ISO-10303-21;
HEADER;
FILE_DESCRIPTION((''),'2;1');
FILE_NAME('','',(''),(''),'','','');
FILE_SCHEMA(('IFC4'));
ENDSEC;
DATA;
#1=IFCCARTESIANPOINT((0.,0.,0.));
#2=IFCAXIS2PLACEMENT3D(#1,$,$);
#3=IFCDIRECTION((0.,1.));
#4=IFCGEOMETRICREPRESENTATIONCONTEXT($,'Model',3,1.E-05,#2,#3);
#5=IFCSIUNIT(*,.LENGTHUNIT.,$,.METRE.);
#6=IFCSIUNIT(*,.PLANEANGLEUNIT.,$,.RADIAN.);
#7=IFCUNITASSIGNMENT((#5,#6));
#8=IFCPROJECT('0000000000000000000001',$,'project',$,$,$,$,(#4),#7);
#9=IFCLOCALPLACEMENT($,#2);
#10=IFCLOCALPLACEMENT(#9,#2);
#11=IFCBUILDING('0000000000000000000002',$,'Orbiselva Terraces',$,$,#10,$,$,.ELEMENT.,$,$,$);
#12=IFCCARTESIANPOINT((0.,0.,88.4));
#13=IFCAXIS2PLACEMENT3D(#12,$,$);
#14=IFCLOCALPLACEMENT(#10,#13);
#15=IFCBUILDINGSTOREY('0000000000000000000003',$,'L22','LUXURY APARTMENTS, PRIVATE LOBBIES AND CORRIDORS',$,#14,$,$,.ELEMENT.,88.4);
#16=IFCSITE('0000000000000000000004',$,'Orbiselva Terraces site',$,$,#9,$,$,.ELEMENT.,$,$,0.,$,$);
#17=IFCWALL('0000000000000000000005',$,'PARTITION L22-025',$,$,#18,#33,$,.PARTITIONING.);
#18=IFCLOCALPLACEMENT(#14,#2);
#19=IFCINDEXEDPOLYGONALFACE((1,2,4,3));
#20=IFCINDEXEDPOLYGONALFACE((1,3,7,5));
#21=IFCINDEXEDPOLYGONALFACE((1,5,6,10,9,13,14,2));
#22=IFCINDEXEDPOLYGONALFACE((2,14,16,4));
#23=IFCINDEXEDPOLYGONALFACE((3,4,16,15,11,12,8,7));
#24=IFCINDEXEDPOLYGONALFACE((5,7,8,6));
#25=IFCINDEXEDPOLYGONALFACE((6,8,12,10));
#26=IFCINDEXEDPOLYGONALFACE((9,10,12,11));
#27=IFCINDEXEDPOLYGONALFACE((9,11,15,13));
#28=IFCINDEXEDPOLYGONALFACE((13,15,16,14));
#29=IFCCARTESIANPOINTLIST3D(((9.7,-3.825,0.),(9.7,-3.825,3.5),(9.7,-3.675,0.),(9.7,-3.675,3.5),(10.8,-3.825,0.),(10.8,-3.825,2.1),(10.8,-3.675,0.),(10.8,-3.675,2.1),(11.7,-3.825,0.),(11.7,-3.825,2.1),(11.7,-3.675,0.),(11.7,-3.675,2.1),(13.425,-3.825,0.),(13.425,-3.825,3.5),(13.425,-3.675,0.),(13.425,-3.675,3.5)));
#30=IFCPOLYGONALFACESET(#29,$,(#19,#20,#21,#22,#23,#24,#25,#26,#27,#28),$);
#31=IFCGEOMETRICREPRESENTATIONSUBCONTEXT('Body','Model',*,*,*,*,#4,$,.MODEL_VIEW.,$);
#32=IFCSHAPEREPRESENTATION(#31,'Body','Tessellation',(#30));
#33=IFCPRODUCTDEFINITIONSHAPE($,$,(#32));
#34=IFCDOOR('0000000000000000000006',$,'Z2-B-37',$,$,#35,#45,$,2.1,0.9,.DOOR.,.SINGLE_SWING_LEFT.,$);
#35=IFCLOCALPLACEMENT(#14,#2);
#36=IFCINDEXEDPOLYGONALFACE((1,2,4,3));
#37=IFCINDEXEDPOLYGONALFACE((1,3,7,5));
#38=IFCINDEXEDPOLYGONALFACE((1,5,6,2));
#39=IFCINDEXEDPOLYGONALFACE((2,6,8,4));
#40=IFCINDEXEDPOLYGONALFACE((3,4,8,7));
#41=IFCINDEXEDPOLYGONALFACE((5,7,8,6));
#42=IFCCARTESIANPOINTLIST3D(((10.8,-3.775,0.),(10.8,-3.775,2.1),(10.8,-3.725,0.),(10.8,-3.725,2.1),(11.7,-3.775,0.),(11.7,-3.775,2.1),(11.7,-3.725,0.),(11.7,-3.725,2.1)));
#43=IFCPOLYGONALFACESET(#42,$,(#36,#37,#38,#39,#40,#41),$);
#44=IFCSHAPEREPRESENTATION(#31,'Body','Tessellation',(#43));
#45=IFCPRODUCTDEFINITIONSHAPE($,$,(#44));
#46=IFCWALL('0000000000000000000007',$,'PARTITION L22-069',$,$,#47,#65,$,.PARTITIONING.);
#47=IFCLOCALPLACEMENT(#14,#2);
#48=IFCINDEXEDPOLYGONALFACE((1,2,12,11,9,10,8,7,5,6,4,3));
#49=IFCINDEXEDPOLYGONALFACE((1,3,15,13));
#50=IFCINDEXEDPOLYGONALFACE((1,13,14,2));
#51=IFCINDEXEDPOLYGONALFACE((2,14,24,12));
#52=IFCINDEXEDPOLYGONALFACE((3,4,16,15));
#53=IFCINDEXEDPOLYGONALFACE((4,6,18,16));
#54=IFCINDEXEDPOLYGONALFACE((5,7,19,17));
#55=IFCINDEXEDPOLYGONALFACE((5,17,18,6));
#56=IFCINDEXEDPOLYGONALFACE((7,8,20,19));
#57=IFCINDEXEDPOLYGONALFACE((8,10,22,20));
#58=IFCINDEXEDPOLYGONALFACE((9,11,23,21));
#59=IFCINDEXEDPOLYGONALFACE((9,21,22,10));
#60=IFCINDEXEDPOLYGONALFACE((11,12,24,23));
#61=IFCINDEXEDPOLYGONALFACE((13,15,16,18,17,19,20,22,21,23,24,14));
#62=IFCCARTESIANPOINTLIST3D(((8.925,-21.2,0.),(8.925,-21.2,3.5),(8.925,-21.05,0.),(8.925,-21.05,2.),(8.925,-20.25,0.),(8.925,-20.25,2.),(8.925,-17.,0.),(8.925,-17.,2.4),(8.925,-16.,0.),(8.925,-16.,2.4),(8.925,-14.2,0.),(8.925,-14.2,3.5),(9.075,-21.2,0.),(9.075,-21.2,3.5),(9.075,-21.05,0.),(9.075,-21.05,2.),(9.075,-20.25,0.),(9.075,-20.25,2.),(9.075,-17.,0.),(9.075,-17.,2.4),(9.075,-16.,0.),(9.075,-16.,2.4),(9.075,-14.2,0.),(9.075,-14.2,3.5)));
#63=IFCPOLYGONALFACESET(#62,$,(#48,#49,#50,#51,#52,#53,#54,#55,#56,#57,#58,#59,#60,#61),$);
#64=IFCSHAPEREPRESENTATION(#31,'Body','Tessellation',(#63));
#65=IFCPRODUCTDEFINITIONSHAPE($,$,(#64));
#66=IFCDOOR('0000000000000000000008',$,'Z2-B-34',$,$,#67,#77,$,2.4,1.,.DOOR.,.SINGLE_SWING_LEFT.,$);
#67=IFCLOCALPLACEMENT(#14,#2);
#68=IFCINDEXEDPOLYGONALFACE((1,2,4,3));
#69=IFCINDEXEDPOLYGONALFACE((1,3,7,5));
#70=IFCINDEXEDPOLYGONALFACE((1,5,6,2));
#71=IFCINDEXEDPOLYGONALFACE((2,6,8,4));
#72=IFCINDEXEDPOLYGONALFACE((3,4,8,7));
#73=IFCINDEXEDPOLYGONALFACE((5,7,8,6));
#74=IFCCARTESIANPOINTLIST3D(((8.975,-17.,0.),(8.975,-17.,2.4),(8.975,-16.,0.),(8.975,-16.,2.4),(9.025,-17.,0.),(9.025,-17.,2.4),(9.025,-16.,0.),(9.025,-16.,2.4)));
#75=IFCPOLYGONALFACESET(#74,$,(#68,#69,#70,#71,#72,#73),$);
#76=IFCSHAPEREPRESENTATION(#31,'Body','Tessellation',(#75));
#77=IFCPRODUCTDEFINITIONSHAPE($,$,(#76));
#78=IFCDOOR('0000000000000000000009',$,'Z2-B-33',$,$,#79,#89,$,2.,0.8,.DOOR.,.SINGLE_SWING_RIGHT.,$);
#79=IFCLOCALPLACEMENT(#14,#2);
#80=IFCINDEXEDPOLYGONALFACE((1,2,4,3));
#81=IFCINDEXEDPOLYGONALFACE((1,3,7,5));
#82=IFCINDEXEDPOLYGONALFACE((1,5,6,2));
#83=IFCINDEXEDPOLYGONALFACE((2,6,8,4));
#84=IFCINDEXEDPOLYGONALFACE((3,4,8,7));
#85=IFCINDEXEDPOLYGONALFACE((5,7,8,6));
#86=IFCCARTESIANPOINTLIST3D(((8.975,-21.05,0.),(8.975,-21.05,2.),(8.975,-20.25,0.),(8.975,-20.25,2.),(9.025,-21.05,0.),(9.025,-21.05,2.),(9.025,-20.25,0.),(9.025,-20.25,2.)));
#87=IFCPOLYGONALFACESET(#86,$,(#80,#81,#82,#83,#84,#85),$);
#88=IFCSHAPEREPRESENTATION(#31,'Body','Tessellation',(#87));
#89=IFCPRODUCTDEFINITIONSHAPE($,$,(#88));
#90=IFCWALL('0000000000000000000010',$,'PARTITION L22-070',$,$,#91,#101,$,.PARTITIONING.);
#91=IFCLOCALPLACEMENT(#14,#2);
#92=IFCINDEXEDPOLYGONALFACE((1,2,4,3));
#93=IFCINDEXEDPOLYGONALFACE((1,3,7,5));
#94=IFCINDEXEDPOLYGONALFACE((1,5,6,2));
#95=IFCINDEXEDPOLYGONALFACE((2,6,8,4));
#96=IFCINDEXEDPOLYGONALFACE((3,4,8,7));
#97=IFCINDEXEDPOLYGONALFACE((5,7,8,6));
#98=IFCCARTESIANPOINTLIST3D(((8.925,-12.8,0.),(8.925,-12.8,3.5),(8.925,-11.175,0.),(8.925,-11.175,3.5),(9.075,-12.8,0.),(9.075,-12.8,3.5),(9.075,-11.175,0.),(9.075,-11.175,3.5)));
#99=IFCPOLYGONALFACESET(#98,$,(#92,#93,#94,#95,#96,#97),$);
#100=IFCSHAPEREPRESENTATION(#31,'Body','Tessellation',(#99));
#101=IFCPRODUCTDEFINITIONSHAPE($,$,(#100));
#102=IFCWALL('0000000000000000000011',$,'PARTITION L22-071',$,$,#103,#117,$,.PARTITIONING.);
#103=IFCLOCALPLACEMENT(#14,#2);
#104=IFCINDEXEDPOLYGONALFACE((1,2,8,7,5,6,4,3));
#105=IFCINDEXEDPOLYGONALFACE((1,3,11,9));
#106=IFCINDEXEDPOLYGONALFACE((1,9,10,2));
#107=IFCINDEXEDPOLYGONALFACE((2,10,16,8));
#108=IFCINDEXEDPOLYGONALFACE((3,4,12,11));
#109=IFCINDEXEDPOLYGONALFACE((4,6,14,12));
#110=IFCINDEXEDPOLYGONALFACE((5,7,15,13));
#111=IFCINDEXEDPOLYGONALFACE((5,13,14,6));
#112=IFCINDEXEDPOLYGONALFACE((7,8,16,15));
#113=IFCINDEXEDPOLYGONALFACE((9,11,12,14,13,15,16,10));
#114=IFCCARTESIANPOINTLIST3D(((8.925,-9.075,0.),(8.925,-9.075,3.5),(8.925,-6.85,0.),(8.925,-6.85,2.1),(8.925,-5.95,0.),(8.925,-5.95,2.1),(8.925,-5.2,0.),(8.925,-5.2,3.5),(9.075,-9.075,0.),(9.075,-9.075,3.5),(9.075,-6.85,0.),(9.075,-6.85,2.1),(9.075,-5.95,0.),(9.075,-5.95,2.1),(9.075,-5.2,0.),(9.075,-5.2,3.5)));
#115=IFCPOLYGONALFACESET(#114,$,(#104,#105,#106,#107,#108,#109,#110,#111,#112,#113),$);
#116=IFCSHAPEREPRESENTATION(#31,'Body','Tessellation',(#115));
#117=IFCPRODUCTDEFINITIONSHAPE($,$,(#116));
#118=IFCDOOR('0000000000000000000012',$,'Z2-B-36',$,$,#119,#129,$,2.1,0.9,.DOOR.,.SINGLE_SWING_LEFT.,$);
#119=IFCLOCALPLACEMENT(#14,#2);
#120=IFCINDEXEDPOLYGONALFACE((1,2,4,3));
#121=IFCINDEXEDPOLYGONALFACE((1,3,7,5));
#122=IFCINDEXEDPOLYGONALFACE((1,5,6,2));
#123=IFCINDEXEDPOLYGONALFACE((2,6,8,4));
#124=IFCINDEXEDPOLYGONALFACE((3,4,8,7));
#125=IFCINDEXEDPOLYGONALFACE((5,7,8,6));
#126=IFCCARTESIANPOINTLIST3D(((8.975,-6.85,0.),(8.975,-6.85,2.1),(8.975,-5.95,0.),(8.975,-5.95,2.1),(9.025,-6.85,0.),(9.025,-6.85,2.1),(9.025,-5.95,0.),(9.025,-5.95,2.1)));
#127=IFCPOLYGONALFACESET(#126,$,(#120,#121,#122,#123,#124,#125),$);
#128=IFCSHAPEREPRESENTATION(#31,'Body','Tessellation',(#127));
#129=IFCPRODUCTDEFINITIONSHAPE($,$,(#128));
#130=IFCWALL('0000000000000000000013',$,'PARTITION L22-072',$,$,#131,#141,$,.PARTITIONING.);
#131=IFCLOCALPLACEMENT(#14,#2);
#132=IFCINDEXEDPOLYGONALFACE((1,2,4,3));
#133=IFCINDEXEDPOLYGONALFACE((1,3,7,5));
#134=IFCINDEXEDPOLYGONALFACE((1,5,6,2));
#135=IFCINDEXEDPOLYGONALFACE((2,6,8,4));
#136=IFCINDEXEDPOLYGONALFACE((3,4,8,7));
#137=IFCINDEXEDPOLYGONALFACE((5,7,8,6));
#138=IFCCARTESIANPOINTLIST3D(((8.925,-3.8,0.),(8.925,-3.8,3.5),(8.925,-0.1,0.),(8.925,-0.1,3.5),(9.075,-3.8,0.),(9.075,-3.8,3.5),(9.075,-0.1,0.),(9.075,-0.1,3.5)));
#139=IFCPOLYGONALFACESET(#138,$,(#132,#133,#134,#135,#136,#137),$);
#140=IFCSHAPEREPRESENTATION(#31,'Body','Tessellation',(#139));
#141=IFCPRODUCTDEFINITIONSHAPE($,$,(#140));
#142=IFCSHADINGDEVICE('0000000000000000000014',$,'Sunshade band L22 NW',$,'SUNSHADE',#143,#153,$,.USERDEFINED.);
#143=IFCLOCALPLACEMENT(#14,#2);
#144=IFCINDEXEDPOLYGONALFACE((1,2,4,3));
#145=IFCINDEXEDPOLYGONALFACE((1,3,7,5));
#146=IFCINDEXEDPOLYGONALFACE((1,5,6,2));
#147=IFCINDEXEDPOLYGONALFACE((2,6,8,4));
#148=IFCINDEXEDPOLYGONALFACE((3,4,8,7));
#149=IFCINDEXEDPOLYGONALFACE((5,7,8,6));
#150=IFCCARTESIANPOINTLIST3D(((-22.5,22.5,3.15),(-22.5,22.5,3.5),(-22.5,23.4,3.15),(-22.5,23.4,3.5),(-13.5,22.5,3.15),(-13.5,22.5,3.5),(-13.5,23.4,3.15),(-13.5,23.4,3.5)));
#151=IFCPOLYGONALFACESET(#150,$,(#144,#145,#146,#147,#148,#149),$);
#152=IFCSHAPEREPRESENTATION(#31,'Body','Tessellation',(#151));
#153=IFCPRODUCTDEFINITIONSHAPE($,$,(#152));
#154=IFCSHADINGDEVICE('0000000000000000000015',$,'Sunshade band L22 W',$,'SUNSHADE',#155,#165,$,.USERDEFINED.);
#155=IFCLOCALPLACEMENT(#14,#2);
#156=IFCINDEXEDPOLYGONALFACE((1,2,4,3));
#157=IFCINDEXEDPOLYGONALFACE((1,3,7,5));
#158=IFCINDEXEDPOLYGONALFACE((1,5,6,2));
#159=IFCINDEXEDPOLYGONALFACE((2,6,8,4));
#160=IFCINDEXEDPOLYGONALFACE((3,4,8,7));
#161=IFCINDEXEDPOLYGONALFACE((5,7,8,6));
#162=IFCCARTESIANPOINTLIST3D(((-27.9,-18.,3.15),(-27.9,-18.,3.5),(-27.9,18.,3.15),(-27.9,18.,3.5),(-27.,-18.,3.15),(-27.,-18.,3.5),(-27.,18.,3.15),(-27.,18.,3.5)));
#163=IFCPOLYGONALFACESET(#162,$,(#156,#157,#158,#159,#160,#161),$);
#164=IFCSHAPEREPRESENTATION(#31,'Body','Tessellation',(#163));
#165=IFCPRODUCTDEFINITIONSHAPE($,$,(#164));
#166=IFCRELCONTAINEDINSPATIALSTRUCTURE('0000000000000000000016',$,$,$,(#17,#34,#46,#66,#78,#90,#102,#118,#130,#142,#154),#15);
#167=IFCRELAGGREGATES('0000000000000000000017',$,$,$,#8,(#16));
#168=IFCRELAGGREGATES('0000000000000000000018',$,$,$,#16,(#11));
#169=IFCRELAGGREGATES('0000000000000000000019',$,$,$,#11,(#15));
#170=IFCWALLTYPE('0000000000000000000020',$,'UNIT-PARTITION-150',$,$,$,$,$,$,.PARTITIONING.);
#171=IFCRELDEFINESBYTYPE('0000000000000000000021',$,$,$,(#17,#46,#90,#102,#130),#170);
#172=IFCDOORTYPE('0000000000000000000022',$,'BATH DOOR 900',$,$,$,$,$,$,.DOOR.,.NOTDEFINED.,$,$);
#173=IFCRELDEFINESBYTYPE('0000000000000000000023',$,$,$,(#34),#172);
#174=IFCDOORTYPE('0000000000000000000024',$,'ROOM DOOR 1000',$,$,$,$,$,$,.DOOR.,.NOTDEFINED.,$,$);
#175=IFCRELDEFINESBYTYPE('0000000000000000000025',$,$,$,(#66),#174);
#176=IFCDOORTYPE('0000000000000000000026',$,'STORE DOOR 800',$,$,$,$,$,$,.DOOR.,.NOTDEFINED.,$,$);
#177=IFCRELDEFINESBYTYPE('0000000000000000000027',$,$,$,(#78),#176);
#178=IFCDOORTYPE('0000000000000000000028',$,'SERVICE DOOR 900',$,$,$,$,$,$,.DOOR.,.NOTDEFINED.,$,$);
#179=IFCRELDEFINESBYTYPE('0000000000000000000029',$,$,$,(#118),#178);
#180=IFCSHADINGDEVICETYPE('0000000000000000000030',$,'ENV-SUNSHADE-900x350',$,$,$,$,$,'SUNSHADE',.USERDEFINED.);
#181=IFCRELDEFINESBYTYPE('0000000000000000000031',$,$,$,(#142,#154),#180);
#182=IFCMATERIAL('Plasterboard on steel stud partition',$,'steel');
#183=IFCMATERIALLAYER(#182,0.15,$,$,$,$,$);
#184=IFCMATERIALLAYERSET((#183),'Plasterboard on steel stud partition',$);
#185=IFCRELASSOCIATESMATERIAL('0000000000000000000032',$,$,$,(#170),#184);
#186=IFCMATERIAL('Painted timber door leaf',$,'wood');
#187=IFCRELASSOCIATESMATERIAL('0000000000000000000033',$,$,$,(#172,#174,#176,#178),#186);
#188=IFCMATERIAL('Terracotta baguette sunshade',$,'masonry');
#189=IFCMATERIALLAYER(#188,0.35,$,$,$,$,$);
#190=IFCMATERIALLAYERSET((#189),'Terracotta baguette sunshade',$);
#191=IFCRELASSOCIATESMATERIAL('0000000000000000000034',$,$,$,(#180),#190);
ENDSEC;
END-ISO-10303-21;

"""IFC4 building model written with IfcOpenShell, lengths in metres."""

from ifc_helpers import new_model, si_unit, direction, frame, frame_2d, origin, place, context, subcontext, project, spatial, polyline, rectangle, outline, extrude, material, layer, layer_set, type_object, element, fill, save


model = new_model("IFC4")

# Units and contexts
model_context = context("Model", 3, precision=1e-05, world=origin(), true_north=direction((0.0, 1.0)))
body_context = subcontext(model_context, "Body", "Model", "MODEL_VIEW")
ifc_project = project(units=[si_unit("LENGTHUNIT", "METRE"), si_unit("PLANEANGLEUNIT", "RADIAN")], contexts=[model_context])

# Site, building, storey
site_placement = place(None, origin())
site = spatial("IfcSite", under=ifc_project, at=site_placement, Name="Orbiselva Terraces site", CompositionType="ELEMENT", RefElevation=0.0)
building_placement = place(site_placement, origin())
building = spatial("IfcBuilding", under=site, at=building_placement, Name="Orbiselva Terraces", CompositionType="ELEMENT")
storey_placement = place(building_placement, frame((0.0, 0.0, 88.4)))
storey = spatial("IfcBuildingStorey", under=building, at=storey_placement, Name="L22", Description="LUXURY APARTMENTS, PRIVATE LOBBIES AND CORRIDORS", CompositionType="ELEMENT", Elevation=88.4)

# Shared definitions
ifc_material_1 = material(Name="Plasterboard on steel stud partition", Category="steel")
ifc_layer_1 = layer(ifc_material_1, 0.15)
ifc_layer_set_1 = layer_set([ifc_layer_1], Name="Plasterboard on steel stud partition")
wall_type_1 = type_object("IfcWallType", Name="UNIT-PARTITION-150", PredefinedType="PARTITIONING", material=ifc_layer_set_1)

# Wall, opening, door
wall_1_placement = place(storey_placement, frame((9.7, -3.75, 0.0), z_axis=(0.0, 0.0, 1.0), x_axis=(1.0, 0.0, 0.0)))
wall_1 = element("IfcWall", 1, at=wall_1_placement, inside=storey, type_object=wall_type_1, Name="PARTITION L22-025", PredefinedType="PARTITIONING", context=body_context, shape_type="SweptSolid", body=[
    extrude(rectangle(XDim=3.725, YDim=0.15, at=frame_2d((1.8625, 0.0))), origin(), (0.0, 0.0, 1.0), 3.5),
])
opening_1_placement = place(wall_1_placement, frame((1.1, 0.0, 0.0)))
opening_1 = element("IfcOpeningElement", 2, at=opening_1_placement, cuts=wall_1, PredefinedType="OPENING", context=body_context, shape_type="SweptSolid", body=[
    extrude(rectangle(XDim=0.9, YDim=2.1, at=frame_2d((0.45, 1.05))), frame((0.0, 0.085, 0.0), z_axis=(0.0, -1.0, 0.0), x_axis=(1.0, 0.0, 0.0)), (0.0, 0.0, 1.0), 0.17),
])
ifc_material_2 = material(Name="Painted timber door leaf", Category="wood")
door_type_1 = type_object("IfcDoorType", Name="BATH DOOR 900", OperationType="NOTDEFINED", PredefinedType="DOOR", material=ifc_material_2)
door_1_placement = place(opening_1_placement, origin())
door_1 = element("IfcDoor", 3, at=door_1_placement, inside=storey, type_object=door_type_1, Name="Z2-B-37", OperationType="SINGLE_SWING_LEFT", OverallHeight=2.1, OverallWidth=0.9, PredefinedType="DOOR", context=body_context, shape_type="SweptSolid", body=[
    extrude(rectangle(XDim=0.9, YDim=2.1, at=frame_2d((0.45, 1.05))), frame((0.0, 0.025, 0.0), z_axis=(0.0, -1.0, 0.0), x_axis=(1.0, 0.0, 0.0)), (0.0, 0.0, 1.0), 0.05),
])
fill(opening_1, door_1)

# Wall, openings, doors
wall_2_placement = place(storey_placement, frame((9.0, -14.2, 0.0), z_axis=(0.0, 0.0, 1.0), x_axis=(0.0, -1.0, 0.0)))
wall_2 = element("IfcWall", 4, at=wall_2_placement, inside=storey, type_object=wall_type_1, Name="PARTITION L22-069", PredefinedType="PARTITIONING", context=body_context, shape_type="SweptSolid", body=[
    extrude(rectangle(XDim=7.0, YDim=0.15, at=frame_2d((3.5, 0.0))), origin(), (0.0, 0.0, 1.0), 3.5),
])
opening_2_placement = place(wall_2_placement, frame((6.05, 0.0, 0.0)))
opening_2 = element("IfcOpeningElement", 5, at=opening_2_placement, cuts=wall_2, PredefinedType="OPENING", context=body_context, shape_type="SweptSolid", body=[
    extrude(rectangle(XDim=0.8, YDim=2.0, at=frame_2d((0.4, 1.0))), frame((0.0, 0.085, 0.0), z_axis=(0.0, -1.0, 0.0), x_axis=(1.0, 0.0, 0.0)), (0.0, 0.0, 1.0), 0.17),
])
opening_3_placement = place(wall_2_placement, frame((1.8, 0.0, 0.0)))
opening_3 = element("IfcOpeningElement", 6, at=opening_3_placement, cuts=wall_2, PredefinedType="OPENING", context=body_context, shape_type="SweptSolid", body=[
    extrude(rectangle(XDim=1.0, YDim=2.4, at=frame_2d((0.5, 1.2))), frame((0.0, 0.085, 0.0), z_axis=(0.0, -1.0, 0.0), x_axis=(1.0, 0.0, 0.0)), (0.0, 0.0, 1.0), 0.17),
])
door_type_2 = type_object("IfcDoorType", Name="ROOM DOOR 1000", OperationType="NOTDEFINED", PredefinedType="DOOR", material=ifc_material_2)
door_2_placement = place(opening_3_placement, origin())
door_2 = element("IfcDoor", 7, at=door_2_placement, inside=storey, type_object=door_type_2, Name="Z2-B-34", OperationType="SINGLE_SWING_LEFT", OverallHeight=2.4, OverallWidth=1.0, PredefinedType="DOOR", context=body_context, shape_type="SweptSolid", body=[
    extrude(rectangle(XDim=1.0, YDim=2.4, at=frame_2d((0.5, 1.2))), frame((0.0, 0.025, 0.0), z_axis=(0.0, -1.0, 0.0), x_axis=(1.0, 0.0, 0.0)), (0.0, 0.0, 1.0), 0.05),
])
fill(opening_3, door_2)
door_type_3 = type_object("IfcDoorType", Name="STORE DOOR 800", OperationType="NOTDEFINED", PredefinedType="DOOR", material=ifc_material_2)
door_3_placement = place(opening_2_placement, origin())
door_3 = element("IfcDoor", 8, at=door_3_placement, inside=storey, type_object=door_type_3, Name="Z2-B-33", OperationType="SINGLE_SWING_RIGHT", OverallHeight=2.0, OverallWidth=0.8, PredefinedType="DOOR", context=body_context, shape_type="SweptSolid", body=[
    extrude(rectangle(XDim=0.8, YDim=2.0, at=frame_2d((0.4, 1.0))), frame((0.0, 0.025, 0.0), z_axis=(0.0, -1.0, 0.0), x_axis=(1.0, 0.0, 0.0)), (0.0, 0.0, 1.0), 0.05),
])
fill(opening_2, door_3)

# Wall
wall_3_placement = place(storey_placement, frame((9.0, -12.8, 0.0), z_axis=(0.0, 0.0, 1.0), x_axis=(0.0, 1.0, 0.0)))
element("IfcWall", 9, at=wall_3_placement, inside=storey, type_object=wall_type_1, Name="PARTITION L22-070", PredefinedType="PARTITIONING", context=body_context, shape_type="SweptSolid", body=[
    extrude(rectangle(XDim=1.625, YDim=0.15, at=frame_2d((0.8125, 0.0))), origin(), (0.0, 0.0, 1.0), 3.5),
])

# Wall, opening, door
wall_4_placement = place(storey_placement, frame((9.0, -5.2, 0.0), z_axis=(0.0, 0.0, 1.0), x_axis=(0.0, -1.0, 0.0)))
wall_4 = element("IfcWall", 10, at=wall_4_placement, inside=storey, type_object=wall_type_1, Name="PARTITION L22-071", PredefinedType="PARTITIONING", context=body_context, shape_type="SweptSolid", body=[
    extrude(rectangle(XDim=3.875, YDim=0.15, at=frame_2d((1.9375, 0.0))), origin(), (0.0, 0.0, 1.0), 3.5),
])
opening_4_placement = place(wall_4_placement, frame((0.75, 0.0, 0.0)))
opening_4 = element("IfcOpeningElement", 11, at=opening_4_placement, cuts=wall_4, PredefinedType="OPENING", context=body_context, shape_type="SweptSolid", body=[
    extrude(rectangle(XDim=0.9, YDim=2.1, at=frame_2d((0.45, 1.05))), frame((0.0, 0.085, 0.0), z_axis=(0.0, -1.0, 0.0), x_axis=(1.0, 0.0, 0.0)), (0.0, 0.0, 1.0), 0.17),
])
door_type_4 = type_object("IfcDoorType", Name="SERVICE DOOR 900", OperationType="NOTDEFINED", PredefinedType="DOOR", material=ifc_material_2)
door_4_placement = place(opening_4_placement, origin())
door_4 = element("IfcDoor", 12, at=door_4_placement, inside=storey, type_object=door_type_4, Name="Z2-B-36", OperationType="SINGLE_SWING_LEFT", OverallHeight=2.1, OverallWidth=0.9, PredefinedType="DOOR", context=body_context, shape_type="SweptSolid", body=[
    extrude(rectangle(XDim=0.9, YDim=2.1, at=frame_2d((0.45, 1.05))), frame((0.0, 0.025, 0.0), z_axis=(0.0, -1.0, 0.0), x_axis=(1.0, 0.0, 0.0)), (0.0, 0.0, 1.0), 0.05),
])
fill(opening_4, door_4)

# Wall
wall_5_placement = place(storey_placement, frame((9.0, -3.8, 0.0), z_axis=(0.0, 0.0, 1.0), x_axis=(0.0, 1.0, 0.0)))
element("IfcWall", 13, at=wall_5_placement, inside=storey, type_object=wall_type_1, Name="PARTITION L22-072", PredefinedType="PARTITIONING", context=body_context, shape_type="SweptSolid", body=[
    extrude(rectangle(XDim=3.7, YDim=0.15, at=frame_2d((1.85, 0.0))), origin(), (0.0, 0.0, 1.0), 3.5),
])

# Shading devices
ifc_material_3 = material(Name="Terracotta baguette sunshade", Category="masonry")
ifc_layer_2 = layer(ifc_material_3, 0.35)
ifc_layer_set_2 = layer_set([ifc_layer_2], Name="Terracotta baguette sunshade")
shading_device_type = type_object("IfcShadingDeviceType", Name="ENV-SUNSHADE-900x350", ElementType="SUNSHADE", PredefinedType="USERDEFINED", material=ifc_layer_set_2)
shading_device_1_placement = place(storey_placement, frame((0.0, 0.0, 3.15)))
element("IfcShadingDevice", 14, at=shading_device_1_placement, inside=storey, type_object=shading_device_type, Name="Sunshade band L22 NW", ObjectType="SUNSHADE", PredefinedType="USERDEFINED", context=body_context, shape_type="SweptSolid", body=[
    extrude(outline(polyline([(-13.5, 23.4), (-22.5, 23.4), (-22.5, 22.5), (-13.5, 22.5), (-13.5, 23.4)])), origin(), (0.0, 0.0, 1.0), 0.35),
])
shading_device_2_placement = place(storey_placement, frame((0.0, 0.0, 3.15)))
element("IfcShadingDevice", 15, at=shading_device_2_placement, inside=storey, type_object=shading_device_type, Name="Sunshade band L22 W", ObjectType="SUNSHADE", PredefinedType="USERDEFINED", context=body_context, shape_type="SweptSolid", body=[
    extrude(outline(polyline([(-27.9, 18.0), (-27.9, -18.0), (-27.0, -18.0), (-27.0, 18.0), (-27.9, 18.0)])), origin(), (0.0, 0.0, 1.0), 0.35),
])

save(model, "model.ifc")
